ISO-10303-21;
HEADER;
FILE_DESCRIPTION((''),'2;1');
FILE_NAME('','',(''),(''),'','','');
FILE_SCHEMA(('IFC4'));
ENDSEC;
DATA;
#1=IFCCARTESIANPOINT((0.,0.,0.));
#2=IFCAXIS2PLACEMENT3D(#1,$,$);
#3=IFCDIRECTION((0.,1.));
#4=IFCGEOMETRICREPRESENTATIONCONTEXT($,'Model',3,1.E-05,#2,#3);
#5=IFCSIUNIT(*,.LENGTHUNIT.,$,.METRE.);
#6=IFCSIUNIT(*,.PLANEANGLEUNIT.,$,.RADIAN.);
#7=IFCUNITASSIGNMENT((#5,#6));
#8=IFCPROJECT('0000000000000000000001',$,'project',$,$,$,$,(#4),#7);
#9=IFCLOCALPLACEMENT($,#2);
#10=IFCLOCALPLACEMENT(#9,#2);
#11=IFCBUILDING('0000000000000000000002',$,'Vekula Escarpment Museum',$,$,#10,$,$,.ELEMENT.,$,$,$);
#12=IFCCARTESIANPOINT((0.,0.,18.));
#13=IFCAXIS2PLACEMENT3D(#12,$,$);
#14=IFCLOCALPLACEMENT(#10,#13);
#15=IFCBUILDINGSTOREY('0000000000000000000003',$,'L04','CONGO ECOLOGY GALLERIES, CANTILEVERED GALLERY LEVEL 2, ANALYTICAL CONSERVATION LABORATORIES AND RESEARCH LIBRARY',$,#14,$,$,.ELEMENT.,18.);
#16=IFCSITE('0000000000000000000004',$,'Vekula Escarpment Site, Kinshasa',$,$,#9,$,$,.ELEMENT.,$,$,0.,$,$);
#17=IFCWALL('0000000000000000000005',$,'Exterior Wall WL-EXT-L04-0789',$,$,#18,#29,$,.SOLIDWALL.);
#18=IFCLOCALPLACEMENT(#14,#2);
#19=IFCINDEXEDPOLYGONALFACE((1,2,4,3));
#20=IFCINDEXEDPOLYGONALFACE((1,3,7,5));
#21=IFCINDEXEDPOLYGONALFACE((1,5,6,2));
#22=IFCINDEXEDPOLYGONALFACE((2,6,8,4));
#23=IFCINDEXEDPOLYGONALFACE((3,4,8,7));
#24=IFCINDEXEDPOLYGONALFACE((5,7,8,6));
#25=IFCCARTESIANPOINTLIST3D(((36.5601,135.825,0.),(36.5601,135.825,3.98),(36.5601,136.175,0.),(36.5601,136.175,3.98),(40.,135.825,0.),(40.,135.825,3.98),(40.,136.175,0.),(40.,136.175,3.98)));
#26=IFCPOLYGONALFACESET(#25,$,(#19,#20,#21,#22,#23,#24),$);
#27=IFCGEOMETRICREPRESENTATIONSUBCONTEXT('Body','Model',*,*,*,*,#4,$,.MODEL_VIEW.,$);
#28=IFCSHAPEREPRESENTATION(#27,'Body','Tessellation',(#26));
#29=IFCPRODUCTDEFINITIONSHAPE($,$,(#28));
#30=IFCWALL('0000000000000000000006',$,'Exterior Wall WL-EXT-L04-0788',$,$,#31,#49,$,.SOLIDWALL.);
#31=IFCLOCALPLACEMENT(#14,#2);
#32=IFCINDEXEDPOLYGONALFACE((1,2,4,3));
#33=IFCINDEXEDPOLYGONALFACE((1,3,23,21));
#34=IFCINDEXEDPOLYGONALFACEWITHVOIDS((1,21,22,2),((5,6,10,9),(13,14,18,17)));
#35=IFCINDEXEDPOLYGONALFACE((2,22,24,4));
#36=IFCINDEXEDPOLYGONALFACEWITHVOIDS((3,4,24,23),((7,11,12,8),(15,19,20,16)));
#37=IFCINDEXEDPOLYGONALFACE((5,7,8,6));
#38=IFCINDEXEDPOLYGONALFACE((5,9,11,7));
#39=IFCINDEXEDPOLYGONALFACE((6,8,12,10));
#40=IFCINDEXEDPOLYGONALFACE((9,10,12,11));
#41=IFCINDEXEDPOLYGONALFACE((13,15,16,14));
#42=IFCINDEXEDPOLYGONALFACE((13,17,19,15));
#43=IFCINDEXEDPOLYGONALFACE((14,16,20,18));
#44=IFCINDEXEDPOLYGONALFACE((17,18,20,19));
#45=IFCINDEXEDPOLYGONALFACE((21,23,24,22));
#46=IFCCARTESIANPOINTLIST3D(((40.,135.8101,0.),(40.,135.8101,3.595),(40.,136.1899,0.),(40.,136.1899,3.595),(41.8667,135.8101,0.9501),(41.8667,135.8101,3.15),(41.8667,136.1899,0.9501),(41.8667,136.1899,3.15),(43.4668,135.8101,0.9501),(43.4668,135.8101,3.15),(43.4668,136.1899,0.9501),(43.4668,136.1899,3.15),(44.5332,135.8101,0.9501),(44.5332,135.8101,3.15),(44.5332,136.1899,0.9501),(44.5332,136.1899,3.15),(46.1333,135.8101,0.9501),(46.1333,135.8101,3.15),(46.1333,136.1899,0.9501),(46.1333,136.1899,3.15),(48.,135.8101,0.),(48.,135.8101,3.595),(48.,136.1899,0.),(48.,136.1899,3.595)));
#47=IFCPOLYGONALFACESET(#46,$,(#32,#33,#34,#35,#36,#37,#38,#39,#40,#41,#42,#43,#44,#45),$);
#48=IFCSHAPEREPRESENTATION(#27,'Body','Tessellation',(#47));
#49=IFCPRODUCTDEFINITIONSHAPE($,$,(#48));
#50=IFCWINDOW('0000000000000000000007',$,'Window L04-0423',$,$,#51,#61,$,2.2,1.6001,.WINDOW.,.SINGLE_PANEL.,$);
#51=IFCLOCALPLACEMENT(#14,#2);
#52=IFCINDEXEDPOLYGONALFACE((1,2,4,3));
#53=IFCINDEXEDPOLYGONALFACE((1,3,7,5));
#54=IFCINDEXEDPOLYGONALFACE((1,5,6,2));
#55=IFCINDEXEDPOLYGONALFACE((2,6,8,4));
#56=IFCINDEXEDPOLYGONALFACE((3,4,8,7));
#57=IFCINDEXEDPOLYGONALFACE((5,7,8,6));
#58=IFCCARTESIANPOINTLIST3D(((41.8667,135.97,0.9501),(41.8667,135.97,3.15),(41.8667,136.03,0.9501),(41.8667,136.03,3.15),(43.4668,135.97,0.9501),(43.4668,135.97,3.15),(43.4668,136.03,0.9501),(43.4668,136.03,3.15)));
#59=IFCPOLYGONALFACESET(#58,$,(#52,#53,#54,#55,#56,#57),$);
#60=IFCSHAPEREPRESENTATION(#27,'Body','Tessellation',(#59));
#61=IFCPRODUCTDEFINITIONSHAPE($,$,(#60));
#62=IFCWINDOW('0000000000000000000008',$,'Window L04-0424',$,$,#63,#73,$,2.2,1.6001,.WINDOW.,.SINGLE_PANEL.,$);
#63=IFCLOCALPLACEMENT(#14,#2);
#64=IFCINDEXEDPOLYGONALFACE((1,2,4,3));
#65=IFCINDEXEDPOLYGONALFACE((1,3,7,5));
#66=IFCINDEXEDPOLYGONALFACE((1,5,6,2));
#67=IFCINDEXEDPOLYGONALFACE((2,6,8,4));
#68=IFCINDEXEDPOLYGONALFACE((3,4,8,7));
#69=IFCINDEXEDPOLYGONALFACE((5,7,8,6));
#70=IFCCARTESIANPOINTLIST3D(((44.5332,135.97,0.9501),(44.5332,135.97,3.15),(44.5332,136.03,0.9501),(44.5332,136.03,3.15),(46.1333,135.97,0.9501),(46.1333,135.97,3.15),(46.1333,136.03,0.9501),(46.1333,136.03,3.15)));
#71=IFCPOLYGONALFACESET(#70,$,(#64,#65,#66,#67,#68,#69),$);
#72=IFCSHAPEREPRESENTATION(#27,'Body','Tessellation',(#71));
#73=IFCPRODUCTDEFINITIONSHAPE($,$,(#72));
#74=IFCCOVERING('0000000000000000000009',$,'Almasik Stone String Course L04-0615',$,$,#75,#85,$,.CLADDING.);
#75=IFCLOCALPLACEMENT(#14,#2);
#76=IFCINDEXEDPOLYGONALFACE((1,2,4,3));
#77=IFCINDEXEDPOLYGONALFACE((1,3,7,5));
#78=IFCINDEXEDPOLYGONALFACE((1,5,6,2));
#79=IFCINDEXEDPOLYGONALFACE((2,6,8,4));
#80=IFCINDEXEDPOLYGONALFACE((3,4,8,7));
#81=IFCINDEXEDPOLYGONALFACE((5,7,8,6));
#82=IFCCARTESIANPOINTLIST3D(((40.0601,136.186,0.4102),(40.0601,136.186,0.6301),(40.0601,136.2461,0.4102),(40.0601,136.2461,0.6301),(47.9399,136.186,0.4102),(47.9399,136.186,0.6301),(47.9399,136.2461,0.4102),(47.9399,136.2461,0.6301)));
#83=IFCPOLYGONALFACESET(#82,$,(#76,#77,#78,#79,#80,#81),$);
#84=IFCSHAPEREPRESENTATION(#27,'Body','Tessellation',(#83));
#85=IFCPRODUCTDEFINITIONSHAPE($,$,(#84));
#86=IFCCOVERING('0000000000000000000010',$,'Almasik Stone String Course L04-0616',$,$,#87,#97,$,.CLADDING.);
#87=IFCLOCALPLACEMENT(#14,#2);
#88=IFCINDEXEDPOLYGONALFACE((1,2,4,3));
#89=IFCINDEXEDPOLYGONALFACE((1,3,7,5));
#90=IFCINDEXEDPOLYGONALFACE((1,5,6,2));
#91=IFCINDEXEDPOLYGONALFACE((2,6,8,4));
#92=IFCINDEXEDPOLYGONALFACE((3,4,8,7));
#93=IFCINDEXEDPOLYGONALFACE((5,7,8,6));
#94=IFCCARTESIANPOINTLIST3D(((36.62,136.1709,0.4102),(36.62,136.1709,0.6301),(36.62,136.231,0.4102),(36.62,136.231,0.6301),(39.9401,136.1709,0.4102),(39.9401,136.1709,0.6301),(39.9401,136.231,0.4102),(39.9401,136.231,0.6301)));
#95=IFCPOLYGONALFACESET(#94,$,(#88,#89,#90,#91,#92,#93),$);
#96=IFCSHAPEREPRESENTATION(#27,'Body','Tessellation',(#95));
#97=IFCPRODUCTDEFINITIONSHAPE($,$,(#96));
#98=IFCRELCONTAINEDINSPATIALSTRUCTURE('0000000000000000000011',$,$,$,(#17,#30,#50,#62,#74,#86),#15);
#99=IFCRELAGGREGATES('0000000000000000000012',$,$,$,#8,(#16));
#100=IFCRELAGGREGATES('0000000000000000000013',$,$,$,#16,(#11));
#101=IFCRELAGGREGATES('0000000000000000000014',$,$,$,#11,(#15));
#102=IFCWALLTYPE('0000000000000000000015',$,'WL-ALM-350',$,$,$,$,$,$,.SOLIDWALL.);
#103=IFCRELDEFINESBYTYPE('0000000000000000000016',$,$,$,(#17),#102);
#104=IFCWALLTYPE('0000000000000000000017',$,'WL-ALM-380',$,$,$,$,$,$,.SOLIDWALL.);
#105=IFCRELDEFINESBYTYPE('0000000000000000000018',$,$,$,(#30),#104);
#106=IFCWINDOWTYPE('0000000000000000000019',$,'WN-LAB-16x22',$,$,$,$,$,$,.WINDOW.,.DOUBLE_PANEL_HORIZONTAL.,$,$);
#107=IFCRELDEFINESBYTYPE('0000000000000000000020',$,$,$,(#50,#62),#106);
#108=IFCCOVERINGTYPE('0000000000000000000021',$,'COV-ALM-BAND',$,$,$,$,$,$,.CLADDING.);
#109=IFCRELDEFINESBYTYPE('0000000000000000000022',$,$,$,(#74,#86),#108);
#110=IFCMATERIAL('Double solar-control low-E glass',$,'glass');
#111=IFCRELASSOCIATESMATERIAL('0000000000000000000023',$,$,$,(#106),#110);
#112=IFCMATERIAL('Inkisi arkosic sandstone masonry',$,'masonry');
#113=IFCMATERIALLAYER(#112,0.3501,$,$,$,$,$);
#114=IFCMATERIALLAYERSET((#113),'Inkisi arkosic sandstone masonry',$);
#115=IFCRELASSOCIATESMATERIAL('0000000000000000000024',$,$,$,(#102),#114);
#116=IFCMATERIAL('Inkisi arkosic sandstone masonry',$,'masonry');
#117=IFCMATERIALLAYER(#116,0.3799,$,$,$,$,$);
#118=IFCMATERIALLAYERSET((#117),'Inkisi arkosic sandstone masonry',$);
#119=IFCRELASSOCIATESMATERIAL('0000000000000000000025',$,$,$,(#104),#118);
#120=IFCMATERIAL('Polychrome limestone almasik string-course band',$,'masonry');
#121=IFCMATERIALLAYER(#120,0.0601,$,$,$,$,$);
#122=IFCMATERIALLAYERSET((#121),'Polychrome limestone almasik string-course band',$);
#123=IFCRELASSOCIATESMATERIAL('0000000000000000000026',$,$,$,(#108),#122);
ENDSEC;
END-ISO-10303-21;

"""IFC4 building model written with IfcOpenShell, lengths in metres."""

from ifc_helpers import new_model, si_unit, direction, frame, frame_2d, origin, origin_2d, place, context, subcontext, project, spatial, rectangle, extrude, material, layer, layer_set, type_object, element, fill, save


model = new_model("IFC4")

# Units and contexts
model_context = context("Model", 3, precision=1e-05, world=origin(), true_north=direction((0.0, 1.0)))
body_context = subcontext(model_context, "Body", "Model", "MODEL_VIEW")
ifc_project = project(units=[si_unit("LENGTHUNIT", "METRE"), si_unit("PLANEANGLEUNIT", "RADIAN")], contexts=[model_context])

# Site, building, storey
site_placement = place(None, origin())
site = spatial("IfcSite", under=ifc_project, at=site_placement, Name="Vekula Escarpment Site, Kinshasa", CompositionType="ELEMENT", RefElevation=0.0)
building_placement = place(site_placement, origin())
building = spatial("IfcBuilding", under=site, at=building_placement, Name="Vekula Escarpment Museum", CompositionType="ELEMENT")
storey_placement = place(building_placement, frame((0.0, 0.0, 18.0)))
storey = spatial("IfcBuildingStorey", under=building, at=storey_placement, Name="L04", Description="CONGO ECOLOGY GALLERIES, CANTILEVERED GALLERY LEVEL 2, ANALYTICAL CONSERVATION LABORATORIES AND RESEARCH LIBRARY", CompositionType="ELEMENT", Elevation=18.0)

# Shared definitions
ifc_material_1 = material(Name="Double solar-control low-E glass", Category="glass")
window_type = type_object("IfcWindowType", Name="WN-LAB-16x22", PartitioningType="DOUBLE_PANEL_HORIZONTAL", PredefinedType="WINDOW", material=ifc_material_1)

# Wall
ifc_material_2 = material(Name="Inkisi arkosic sandstone masonry", Category="masonry")
ifc_layer_1 = layer(ifc_material_2, 0.3501)
ifc_layer_set_1 = layer_set([ifc_layer_1], Name="Inkisi arkosic sandstone masonry")
wall_type_1 = type_object("IfcWallType", Name="WL-ALM-350", PredefinedType="SOLIDWALL", material=ifc_layer_set_1)
wall_1_placement = place(storey_placement, frame((36.5601, 136.0, 0.0), z_axis=(0.0, 0.0, 1.0), x_axis=(1.0, 0.0, 0.0)))
element("IfcWall", 1, at=wall_1_placement, inside=storey, type_object=wall_type_1, Name="Exterior Wall WL-EXT-L04-0789", PredefinedType="SOLIDWALL", context=body_context, shape_type="SweptSolid", body=[
    extrude(rectangle(XDim=3.4399, YDim=0.3501, at=frame_2d((1.72, 0.0))), origin(), (0.0, 0.0, 1.0), 3.98),
])

# Wall, openings, windows
ifc_material_3 = material(Name="Inkisi arkosic sandstone masonry", Category="masonry")
ifc_layer_2 = layer(ifc_material_3, 0.3799)
ifc_layer_set_2 = layer_set([ifc_layer_2], Name="Inkisi arkosic sandstone masonry")
wall_type_2 = type_object("IfcWallType", Name="WL-ALM-380", PredefinedType="SOLIDWALL", material=ifc_layer_set_2)
wall_2_placement = place(storey_placement, frame((40.0, 136.0, 0.0), z_axis=(0.0, 0.0, 1.0), x_axis=(1.0, 0.0, 0.0)))
wall_2 = element("IfcWall", 2, at=wall_2_placement, inside=storey, type_object=wall_type_2, Name="Exterior Wall WL-EXT-L04-0788", PredefinedType="SOLIDWALL", context=body_context, shape_type="SweptSolid", body=[
    extrude(rectangle(XDim=8.0, YDim=0.3799, at=frame_2d((4.0, 0.0))), origin(), (0.0, 0.0, 1.0), 3.595),
])
opening_1_placement = place(wall_2_placement, frame((1.8667, 0.0, 0.95)))
opening_1 = element("IfcOpeningElement", 3, at=opening_1_placement, cuts=wall_2, PredefinedType="OPENING", context=body_context, shape_type="SweptSolid", body=[
    extrude(rectangle(XDim=1.6001, YDim=2.2, at=frame_2d((0.8, 1.1001))), frame((0.0, 0.2, 0.0), z_axis=(0.0, -1.0, 0.0), x_axis=(1.0, 0.0, 0.0)), (0.0, 0.0, 1.0), 0.3999),
])
opening_2_placement = place(wall_2_placement, frame((4.5332, 0.0, 0.95)))
opening_2 = element("IfcOpeningElement", 4, at=opening_2_placement, cuts=wall_2, PredefinedType="OPENING", context=body_context, shape_type="SweptSolid", body=[
    extrude(rectangle(XDim=1.6001, YDim=2.2, at=frame_2d((0.8, 1.1001))), frame((0.0, 0.2, 0.0), z_axis=(0.0, -1.0, 0.0), x_axis=(1.0, 0.0, 0.0)), (0.0, 0.0, 1.0), 0.3999),
])
window_1_placement = place(opening_1_placement, origin())
window_1 = element("IfcWindow", 5, at=window_1_placement, inside=storey, type_object=window_type, Name="Window L04-0423", OverallHeight=2.2, OverallWidth=1.6001, PartitioningType="SINGLE_PANEL", PredefinedType="WINDOW", context=body_context, shape_type="SweptSolid", body=[
    extrude(rectangle(XDim=1.6001, YDim=2.2, at=frame_2d((0.8, 1.1001))), frame((0.0, 0.03, 0.0), z_axis=(0.0, -1.0, 0.0), x_axis=(1.0, 0.0, 0.0)), (0.0, 0.0, 1.0), 0.0601),
])
fill(opening_1, window_1)
window_2_placement = place(opening_2_placement, origin())
window_2 = element("IfcWindow", 6, at=window_2_placement, inside=storey, type_object=window_type, Name="Window L04-0424", OverallHeight=2.2, OverallWidth=1.6001, PartitioningType="SINGLE_PANEL", PredefinedType="WINDOW", context=body_context, shape_type="SweptSolid", body=[
    extrude(rectangle(XDim=1.6001, YDim=2.2, at=frame_2d((0.8, 1.1001))), frame((0.0, 0.03, 0.0), z_axis=(0.0, -1.0, 0.0), x_axis=(1.0, 0.0, 0.0)), (0.0, 0.0, 1.0), 0.0601),
])
fill(opening_2, window_2)

# Coverings
ifc_material_4 = material(Name="Polychrome limestone almasik string-course band", Category="masonry")
ifc_layer_3 = layer(ifc_material_4, 0.0601)
ifc_layer_set_3 = layer_set([ifc_layer_3], Name="Polychrome limestone almasik string-course band")
covering_type = type_object("IfcCoveringType", Name="COV-ALM-BAND", PredefinedType="CLADDING", material=ifc_layer_set_3)
covering_1_placement = place(storey_placement, frame((44.0, 136.2161, 0.4102), z_axis=(0.0, 0.0, 1.0), x_axis=(1.0, 0.0, 0.0)))
element("IfcCovering", 7, at=covering_1_placement, inside=storey, type_object=covering_type, Name="Almasik Stone String Course L04-0615", PredefinedType="CLADDING", context=body_context, shape_type="SweptSolid", body=[
    extrude(rectangle(XDim=7.8799, YDim=0.0601, at=origin_2d()), origin(), (0.0, 0.0, 1.0), 0.22),
])
covering_2_placement = place(storey_placement, frame((38.28, 136.2009, 0.4102), z_axis=(0.0, 0.0, 1.0), x_axis=(1.0, 0.0, 0.0)))
element("IfcCovering", 8, at=covering_2_placement, inside=storey, type_object=covering_type, Name="Almasik Stone String Course L04-0616", PredefinedType="CLADDING", context=body_context, shape_type="SweptSolid", body=[
    extrude(rectangle(XDim=3.3201, YDim=0.0601, at=origin_2d()), origin(), (0.0, 0.0, 1.0), 0.22),
])

save(model, "model.ifc")
